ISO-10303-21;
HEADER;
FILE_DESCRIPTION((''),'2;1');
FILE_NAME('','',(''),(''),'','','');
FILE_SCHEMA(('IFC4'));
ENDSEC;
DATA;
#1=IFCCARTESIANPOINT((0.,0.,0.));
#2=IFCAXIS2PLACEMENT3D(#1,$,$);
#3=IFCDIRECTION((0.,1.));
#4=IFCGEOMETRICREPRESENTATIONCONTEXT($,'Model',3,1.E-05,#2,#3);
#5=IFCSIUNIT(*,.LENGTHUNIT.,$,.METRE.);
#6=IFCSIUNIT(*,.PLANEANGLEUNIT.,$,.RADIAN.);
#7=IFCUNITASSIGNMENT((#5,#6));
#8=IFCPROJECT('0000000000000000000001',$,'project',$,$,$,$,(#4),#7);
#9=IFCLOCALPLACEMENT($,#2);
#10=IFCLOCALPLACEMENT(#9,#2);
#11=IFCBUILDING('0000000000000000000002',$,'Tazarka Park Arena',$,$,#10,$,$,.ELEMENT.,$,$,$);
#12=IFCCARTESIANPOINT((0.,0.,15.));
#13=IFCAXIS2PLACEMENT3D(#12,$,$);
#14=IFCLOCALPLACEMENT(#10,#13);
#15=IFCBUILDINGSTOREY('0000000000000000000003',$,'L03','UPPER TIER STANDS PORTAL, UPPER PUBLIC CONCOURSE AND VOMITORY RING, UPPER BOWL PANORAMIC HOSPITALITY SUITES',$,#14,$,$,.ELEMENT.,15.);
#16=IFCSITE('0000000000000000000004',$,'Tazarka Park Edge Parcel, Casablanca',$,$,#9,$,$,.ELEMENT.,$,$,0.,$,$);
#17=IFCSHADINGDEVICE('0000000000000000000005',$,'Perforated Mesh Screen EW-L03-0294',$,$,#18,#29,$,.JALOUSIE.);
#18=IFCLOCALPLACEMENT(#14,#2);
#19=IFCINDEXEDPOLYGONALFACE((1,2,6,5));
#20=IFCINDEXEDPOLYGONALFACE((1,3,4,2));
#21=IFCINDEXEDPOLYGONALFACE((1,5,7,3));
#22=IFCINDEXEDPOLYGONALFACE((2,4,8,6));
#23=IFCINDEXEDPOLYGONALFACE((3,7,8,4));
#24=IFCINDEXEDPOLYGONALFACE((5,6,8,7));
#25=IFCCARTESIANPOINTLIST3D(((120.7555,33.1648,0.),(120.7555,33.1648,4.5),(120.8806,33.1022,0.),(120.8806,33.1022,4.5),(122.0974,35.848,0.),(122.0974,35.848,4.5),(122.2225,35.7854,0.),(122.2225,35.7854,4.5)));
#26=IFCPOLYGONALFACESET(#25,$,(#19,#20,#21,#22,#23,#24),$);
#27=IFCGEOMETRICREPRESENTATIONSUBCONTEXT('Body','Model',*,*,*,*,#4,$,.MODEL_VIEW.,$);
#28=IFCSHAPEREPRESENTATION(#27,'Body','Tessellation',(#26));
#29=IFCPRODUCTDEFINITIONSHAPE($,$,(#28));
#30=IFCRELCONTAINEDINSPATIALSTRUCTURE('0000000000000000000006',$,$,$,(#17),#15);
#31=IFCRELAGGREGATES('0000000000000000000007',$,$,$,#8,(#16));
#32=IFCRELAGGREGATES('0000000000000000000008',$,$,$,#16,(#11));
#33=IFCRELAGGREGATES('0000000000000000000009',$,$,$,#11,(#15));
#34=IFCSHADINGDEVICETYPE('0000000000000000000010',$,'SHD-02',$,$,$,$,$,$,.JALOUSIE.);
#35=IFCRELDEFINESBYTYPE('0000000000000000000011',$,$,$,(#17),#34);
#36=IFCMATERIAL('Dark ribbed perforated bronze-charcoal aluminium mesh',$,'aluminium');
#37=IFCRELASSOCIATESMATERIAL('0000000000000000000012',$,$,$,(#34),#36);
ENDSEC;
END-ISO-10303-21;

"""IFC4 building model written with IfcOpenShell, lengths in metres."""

from ifc_helpers import new_model, si_unit, direction, frame, origin, origin_2d, place, context, subcontext, project, spatial, rectangle, extrude, material, type_object, element, save


model = new_model("IFC4")

# Units and contexts
model_context = context("Model", 3, precision=1e-05, world=origin(), true_north=direction((0.0, 1.0)))
body_context = subcontext(model_context, "Body", "Model", "MODEL_VIEW")
ifc_project = project(units=[si_unit("LENGTHUNIT", "METRE"), si_unit("PLANEANGLEUNIT", "RADIAN")], contexts=[model_context])

# Site, building, storey
site_placement = place(None, origin())
site = spatial("IfcSite", under=ifc_project, at=site_placement, Name="Tazarka Park Edge Parcel, Casablanca", CompositionType="ELEMENT", RefElevation=0.0)
building_placement = place(site_placement, origin())
building = spatial("IfcBuilding", under=site, at=building_placement, Name="Tazarka Park Arena", CompositionType="ELEMENT")
storey_placement = place(building_placement, frame((0.0, 0.0, 15.0)))
storey = spatial("IfcBuildingStorey", under=building, at=storey_placement, Name="L03", Description="UPPER TIER STANDS PORTAL, UPPER PUBLIC CONCOURSE AND VOMITORY RING, UPPER BOWL PANORAMIC HOSPITALITY SUITES", CompositionType="ELEMENT", Elevation=15.0)

# Shading device
ifc_material_1 = material(Name="Dark ribbed perforated bronze-charcoal aluminium mesh", Category="aluminium")
shading_device_type = type_object("IfcShadingDeviceType", Name="SHD-02", PredefinedType="JALOUSIE", material=ifc_material_1)
shading_device_placement = place(storey_placement, frame((121.489, 34.4751, 0.0), z_axis=(0.0, 0.0, 1.0), x_axis=(-0.447291, -0.894389, 0.0)))
element("IfcShadingDevice", 1, at=shading_device_placement, inside=storey, type_object=shading_device_type, Name="Perforated Mesh Screen EW-L03-0294", PredefinedType="JALOUSIE", context=body_context, shape_type="SweptSolid", body=[
    extrude(rectangle(XDim=3.0, YDim=0.1399, at=origin_2d()), origin(), (0.0, 0.0, 1.0), 4.5),
])

save(model, "model.ifc")
